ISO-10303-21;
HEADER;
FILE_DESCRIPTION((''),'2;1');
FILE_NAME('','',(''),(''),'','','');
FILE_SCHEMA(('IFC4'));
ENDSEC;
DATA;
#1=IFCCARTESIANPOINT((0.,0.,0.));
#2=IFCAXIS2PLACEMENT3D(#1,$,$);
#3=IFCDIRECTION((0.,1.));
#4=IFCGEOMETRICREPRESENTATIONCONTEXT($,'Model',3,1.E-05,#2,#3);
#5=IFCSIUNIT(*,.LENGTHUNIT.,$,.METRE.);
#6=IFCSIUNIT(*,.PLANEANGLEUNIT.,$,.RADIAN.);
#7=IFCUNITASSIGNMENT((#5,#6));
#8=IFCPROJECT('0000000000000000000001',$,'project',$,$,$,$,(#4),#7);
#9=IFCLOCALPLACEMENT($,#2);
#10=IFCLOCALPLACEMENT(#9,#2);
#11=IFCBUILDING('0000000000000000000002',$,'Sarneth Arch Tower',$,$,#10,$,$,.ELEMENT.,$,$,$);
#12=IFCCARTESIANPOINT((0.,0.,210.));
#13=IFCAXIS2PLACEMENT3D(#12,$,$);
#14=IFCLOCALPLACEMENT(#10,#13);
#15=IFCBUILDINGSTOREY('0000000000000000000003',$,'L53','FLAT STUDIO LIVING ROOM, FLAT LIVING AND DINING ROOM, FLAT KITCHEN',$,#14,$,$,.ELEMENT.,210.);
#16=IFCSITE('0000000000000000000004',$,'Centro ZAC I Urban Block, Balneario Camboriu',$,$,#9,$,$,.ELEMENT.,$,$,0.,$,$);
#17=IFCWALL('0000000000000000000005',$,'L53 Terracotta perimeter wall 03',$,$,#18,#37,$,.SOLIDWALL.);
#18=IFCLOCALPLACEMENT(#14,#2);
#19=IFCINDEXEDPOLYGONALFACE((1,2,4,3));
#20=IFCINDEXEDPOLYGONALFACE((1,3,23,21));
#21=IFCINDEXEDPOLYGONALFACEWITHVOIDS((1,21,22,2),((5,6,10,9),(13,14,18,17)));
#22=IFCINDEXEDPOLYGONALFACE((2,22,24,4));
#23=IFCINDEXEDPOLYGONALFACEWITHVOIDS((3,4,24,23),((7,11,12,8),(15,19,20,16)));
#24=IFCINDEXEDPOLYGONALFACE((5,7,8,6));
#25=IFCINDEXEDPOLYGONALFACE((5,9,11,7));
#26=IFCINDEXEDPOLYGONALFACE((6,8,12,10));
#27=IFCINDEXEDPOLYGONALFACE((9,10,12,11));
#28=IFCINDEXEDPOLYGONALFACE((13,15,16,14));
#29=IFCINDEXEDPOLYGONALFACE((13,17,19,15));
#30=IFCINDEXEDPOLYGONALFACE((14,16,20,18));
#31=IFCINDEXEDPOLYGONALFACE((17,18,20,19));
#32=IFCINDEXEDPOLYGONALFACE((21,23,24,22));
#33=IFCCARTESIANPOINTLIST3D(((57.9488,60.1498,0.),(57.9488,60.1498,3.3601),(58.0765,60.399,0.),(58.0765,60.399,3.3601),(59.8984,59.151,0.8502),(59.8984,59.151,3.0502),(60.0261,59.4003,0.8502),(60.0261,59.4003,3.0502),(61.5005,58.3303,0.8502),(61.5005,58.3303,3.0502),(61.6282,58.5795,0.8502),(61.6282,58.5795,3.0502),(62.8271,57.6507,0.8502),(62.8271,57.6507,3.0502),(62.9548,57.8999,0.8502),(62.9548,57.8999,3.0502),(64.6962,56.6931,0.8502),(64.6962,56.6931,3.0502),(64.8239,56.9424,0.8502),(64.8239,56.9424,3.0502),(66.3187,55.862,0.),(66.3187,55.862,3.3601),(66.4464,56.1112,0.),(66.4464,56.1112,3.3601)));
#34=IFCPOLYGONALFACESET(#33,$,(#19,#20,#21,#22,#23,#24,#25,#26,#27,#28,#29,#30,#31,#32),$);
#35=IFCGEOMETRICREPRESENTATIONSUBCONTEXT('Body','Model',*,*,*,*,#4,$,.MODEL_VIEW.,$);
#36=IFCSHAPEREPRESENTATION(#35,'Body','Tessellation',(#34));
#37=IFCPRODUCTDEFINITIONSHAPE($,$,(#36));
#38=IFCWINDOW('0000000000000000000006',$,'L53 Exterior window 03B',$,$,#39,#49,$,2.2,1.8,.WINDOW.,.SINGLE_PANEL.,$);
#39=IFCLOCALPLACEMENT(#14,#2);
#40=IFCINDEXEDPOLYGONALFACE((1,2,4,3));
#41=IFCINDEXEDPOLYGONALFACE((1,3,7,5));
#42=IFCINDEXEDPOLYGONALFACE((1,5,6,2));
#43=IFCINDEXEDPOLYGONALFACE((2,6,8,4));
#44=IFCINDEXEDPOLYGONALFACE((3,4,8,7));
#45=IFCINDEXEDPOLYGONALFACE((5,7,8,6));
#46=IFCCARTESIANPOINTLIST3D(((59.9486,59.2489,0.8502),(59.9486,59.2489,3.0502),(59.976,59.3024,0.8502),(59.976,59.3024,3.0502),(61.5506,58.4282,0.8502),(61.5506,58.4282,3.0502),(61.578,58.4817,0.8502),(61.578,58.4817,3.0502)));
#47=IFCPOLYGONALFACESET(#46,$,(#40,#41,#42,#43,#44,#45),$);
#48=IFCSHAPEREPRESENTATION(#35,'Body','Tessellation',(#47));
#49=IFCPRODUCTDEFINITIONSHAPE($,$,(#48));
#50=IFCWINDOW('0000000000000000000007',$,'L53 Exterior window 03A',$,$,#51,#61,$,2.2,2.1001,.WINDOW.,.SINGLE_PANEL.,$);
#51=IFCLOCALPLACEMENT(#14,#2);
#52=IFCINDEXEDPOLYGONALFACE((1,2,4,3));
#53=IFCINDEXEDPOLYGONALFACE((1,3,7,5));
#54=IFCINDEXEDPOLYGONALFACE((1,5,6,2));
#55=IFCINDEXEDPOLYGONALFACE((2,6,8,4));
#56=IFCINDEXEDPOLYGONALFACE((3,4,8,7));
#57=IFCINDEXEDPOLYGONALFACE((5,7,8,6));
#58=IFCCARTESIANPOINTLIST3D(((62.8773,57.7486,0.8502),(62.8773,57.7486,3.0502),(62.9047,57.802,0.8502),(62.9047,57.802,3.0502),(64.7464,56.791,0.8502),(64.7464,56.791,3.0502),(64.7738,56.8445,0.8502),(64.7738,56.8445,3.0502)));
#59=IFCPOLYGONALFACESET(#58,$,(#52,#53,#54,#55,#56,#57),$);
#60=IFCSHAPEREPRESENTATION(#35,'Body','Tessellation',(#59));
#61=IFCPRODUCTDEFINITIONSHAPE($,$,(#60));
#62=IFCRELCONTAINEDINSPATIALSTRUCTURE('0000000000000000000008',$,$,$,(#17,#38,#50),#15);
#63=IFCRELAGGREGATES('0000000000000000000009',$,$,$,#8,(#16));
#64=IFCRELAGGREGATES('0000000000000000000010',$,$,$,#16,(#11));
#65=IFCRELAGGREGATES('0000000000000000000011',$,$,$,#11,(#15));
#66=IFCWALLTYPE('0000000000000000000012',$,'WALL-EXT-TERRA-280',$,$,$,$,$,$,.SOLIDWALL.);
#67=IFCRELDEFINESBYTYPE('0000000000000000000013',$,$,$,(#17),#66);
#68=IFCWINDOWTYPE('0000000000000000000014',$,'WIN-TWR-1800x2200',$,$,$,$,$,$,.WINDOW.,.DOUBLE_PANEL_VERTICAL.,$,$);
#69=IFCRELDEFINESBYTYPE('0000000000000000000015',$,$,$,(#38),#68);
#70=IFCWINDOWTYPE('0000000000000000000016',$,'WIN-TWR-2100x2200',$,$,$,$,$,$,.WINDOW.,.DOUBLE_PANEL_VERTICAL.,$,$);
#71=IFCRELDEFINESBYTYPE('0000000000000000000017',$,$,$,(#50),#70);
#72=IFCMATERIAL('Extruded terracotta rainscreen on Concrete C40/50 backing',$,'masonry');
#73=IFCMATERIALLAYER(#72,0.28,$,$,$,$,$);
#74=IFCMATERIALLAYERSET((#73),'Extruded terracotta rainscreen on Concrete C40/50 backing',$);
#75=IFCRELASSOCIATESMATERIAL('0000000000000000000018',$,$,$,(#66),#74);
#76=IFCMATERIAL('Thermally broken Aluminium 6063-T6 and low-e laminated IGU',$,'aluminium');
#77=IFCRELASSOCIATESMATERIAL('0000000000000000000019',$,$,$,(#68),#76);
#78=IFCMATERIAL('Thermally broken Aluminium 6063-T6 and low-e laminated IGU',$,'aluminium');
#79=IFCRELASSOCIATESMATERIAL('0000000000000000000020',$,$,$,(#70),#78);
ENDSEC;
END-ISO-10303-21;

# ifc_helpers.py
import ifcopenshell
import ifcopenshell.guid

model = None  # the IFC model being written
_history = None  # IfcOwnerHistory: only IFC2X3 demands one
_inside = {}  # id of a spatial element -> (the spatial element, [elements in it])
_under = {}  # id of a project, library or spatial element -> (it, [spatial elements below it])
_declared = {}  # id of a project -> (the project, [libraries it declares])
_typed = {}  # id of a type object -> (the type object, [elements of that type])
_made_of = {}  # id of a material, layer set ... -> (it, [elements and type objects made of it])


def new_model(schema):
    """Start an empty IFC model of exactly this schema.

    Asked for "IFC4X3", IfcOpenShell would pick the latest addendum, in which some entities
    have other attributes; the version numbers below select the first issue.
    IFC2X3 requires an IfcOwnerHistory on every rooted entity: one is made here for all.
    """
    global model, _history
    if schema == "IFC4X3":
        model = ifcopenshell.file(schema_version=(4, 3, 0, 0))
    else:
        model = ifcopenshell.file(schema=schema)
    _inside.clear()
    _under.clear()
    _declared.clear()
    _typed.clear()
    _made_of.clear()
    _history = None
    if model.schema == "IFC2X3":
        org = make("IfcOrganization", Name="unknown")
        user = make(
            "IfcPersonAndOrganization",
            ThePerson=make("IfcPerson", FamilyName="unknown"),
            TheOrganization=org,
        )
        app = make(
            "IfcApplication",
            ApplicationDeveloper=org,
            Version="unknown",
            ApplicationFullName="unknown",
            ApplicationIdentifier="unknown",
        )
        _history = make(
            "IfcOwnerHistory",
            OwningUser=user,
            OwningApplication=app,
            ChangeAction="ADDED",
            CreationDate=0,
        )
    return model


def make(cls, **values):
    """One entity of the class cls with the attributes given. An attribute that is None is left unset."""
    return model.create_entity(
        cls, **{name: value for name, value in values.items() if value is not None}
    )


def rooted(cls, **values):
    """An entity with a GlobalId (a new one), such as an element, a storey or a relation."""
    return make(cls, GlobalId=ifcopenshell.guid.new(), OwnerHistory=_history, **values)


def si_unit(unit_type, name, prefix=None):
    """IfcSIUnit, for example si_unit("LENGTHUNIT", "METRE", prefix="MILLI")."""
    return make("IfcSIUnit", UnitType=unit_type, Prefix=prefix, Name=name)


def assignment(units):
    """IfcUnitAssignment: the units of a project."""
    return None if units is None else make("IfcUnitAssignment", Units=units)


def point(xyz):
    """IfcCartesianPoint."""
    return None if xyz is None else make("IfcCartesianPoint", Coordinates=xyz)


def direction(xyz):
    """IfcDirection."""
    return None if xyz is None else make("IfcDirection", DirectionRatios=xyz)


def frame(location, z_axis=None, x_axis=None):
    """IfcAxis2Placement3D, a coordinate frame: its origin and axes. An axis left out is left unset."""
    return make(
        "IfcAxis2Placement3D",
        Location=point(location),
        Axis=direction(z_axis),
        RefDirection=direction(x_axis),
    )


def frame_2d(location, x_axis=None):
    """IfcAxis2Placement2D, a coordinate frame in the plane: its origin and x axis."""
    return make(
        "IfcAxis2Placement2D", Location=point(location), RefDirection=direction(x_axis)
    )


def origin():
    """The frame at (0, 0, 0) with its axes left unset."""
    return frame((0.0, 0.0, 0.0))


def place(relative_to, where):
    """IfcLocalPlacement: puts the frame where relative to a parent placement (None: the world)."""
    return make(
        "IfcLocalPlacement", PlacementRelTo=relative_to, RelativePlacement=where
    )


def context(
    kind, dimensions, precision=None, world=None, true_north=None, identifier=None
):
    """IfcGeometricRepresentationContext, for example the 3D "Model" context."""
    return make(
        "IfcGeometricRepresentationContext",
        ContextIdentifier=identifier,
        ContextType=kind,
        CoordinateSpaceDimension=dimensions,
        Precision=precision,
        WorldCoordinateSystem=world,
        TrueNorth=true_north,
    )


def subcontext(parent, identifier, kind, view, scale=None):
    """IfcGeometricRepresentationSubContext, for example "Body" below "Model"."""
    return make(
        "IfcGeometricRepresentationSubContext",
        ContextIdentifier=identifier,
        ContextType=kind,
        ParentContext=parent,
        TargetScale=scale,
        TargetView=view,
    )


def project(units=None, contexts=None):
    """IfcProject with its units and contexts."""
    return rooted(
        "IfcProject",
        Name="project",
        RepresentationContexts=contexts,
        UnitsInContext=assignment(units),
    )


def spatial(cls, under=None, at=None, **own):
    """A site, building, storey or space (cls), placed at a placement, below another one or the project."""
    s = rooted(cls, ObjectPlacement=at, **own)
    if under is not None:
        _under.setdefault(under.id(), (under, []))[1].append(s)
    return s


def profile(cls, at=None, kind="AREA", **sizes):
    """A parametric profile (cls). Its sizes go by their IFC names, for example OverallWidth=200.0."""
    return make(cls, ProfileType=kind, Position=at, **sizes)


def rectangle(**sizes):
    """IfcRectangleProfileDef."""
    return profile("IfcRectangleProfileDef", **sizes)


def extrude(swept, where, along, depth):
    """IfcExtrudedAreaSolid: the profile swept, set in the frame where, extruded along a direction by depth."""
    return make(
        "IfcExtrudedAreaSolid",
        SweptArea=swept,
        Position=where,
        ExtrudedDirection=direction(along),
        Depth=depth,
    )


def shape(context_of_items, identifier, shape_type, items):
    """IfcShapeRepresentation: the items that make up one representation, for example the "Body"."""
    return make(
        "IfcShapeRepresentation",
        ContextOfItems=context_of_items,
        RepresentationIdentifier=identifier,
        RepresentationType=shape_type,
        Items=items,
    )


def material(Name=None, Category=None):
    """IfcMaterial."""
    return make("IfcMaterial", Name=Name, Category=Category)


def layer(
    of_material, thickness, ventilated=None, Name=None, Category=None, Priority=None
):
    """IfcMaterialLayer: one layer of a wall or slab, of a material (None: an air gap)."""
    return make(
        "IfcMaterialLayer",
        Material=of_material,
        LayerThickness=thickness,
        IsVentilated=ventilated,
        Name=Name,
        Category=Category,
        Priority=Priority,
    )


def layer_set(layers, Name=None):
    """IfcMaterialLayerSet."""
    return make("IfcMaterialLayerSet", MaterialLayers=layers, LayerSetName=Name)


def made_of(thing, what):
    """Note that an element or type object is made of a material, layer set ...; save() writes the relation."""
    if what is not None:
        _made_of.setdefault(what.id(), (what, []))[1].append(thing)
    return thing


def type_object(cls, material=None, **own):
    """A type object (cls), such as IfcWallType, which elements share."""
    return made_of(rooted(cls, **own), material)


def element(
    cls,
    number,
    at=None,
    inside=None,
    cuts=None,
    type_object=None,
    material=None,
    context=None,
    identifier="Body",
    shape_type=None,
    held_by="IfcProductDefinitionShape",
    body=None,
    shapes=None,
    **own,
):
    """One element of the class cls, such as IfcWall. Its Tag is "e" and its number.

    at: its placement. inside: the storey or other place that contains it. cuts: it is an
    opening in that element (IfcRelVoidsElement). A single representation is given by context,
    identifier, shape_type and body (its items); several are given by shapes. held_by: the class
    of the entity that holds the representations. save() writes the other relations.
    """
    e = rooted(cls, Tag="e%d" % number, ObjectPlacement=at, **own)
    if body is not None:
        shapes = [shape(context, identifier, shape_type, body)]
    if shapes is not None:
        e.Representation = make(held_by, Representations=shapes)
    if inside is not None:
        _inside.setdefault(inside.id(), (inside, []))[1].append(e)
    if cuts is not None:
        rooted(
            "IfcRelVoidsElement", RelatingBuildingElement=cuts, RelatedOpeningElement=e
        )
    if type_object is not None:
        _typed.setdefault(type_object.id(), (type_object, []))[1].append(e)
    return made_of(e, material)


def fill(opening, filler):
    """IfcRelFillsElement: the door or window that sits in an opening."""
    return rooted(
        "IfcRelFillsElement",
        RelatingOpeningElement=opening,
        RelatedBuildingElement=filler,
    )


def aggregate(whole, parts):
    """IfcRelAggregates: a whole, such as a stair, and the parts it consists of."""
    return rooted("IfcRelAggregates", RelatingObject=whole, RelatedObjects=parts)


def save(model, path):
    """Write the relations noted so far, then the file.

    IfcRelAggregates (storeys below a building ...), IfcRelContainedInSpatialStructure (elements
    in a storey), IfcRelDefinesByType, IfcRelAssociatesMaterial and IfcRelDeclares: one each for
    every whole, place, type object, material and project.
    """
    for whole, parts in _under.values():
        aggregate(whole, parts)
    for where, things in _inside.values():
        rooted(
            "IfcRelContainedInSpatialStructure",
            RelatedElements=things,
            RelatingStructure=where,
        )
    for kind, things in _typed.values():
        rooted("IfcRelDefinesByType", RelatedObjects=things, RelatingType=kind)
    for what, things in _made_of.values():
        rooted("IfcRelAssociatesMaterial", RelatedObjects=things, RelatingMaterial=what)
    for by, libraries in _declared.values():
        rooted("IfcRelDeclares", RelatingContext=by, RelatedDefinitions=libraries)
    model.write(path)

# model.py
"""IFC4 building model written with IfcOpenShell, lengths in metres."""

from ifc_helpers import new_model, si_unit, direction, frame, frame_2d, origin, place, context, subcontext, project, spatial, rectangle, extrude, material, layer, layer_set, type_object, element, fill, save


model = new_model("IFC4")

# Units and contexts
model_context = context("Model", 3, precision=1e-05, world=origin(), true_north=direction((0.0, 1.0)))
body_context = subcontext(model_context, "Body", "Model", "MODEL_VIEW")
ifc_project = project(units=[si_unit("LENGTHUNIT", "METRE"), si_unit("PLANEANGLEUNIT", "RADIAN")], contexts=[model_context])

# Site, building, storey
site_placement = place(None, origin())
site = spatial("IfcSite", under=ifc_project, at=site_placement, Name="Centro ZAC I Urban Block, Balneario Camboriu", CompositionType="ELEMENT", RefElevation=0.0)
building_placement = place(site_placement, origin())
building = spatial("IfcBuilding", under=site, at=building_placement, Name="Sarneth Arch Tower", CompositionType="ELEMENT")
storey_placement = place(building_placement, frame((0.0, 0.0, 210.0)))
storey = spatial("IfcBuildingStorey", under=building, at=storey_placement, Name="L53", Description="FLAT STUDIO LIVING ROOM, FLAT LIVING AND DINING ROOM, FLAT KITCHEN", CompositionType="ELEMENT", Elevation=210.0)

# Wall, openings, windows
ifc_material_1 = material(Name="Extruded terracotta rainscreen on Concrete C40/50 backing", Category="masonry")
ifc_layer_1 = layer(ifc_material_1, 0.28)
ifc_layer_set_1 = layer_set([ifc_layer_1], Name="Extruded terracotta rainscreen on Concrete C40/50 backing")
wall_type = type_object("IfcWallType", Name="WALL-EXT-TERRA-280", PredefinedType="SOLIDWALL", material=ifc_layer_set_1)
wall_placement = place(storey_placement, frame((66.3826, 55.9866, 0.0), z_axis=(0.0, 0.0, 1.0), x_axis=(-0.890007, 0.455946, 0.0)))
wall = element("IfcWall", 1, at=wall_placement, inside=storey, type_object=wall_type, Name="L53 Terracotta perimeter wall 03", PredefinedType="SOLIDWALL", context=body_context, shape_type="SweptSolid", body=[
    extrude(rectangle(XDim=9.4043, YDim=0.28, at=frame_2d((4.7021, 0.0))), origin(), (0.0, 0.0, 1.0), 3.3601),
])
opening_1_placement = place(wall_placement, frame((1.823, 0.0, 0.8501)))
opening_1 = element("IfcOpeningElement", 2, at=opening_1_placement, cuts=wall, PredefinedType="OPENING", context=body_context, shape_type="SweptSolid", body=[
    extrude(rectangle(XDim=2.1001, YDim=2.2, at=frame_2d((1.05, 1.1001))), frame((0.0, 0.1499, 0.0), z_axis=(0.0, -1.0, 0.0), x_axis=(1.0, 0.0, 0.0)), (0.0, 0.0, 1.0), 0.3),
])
opening_2_placement = place(wall_placement, frame((5.4138, 0.0, 0.8501)))
opening_2 = element("IfcOpeningElement", 3, at=opening_2_placement, cuts=wall, PredefinedType="OPENING", context=body_context, shape_type="SweptSolid", body=[
    extrude(rectangle(XDim=1.8, YDim=2.2, at=frame_2d((0.8999, 1.1001))), frame((0.0, 0.1499, 0.0), z_axis=(0.0, -1.0, 0.0), x_axis=(1.0, 0.0, 0.0)), (0.0, 0.0, 1.0), 0.3),
])
ifc_material_2 = material(Name="Thermally broken Aluminium 6063-T6 and low-e laminated IGU", Category="aluminium")
window_type_1 = type_object("IfcWindowType", Name="WIN-TWR-1800x2200", PartitioningType="DOUBLE_PANEL_VERTICAL", PredefinedType="WINDOW", material=ifc_material_2)
window_1_placement = place(opening_2_placement, origin())
window_1 = element("IfcWindow", 4, at=window_1_placement, inside=storey, type_object=window_type_1, Name="L53 Exterior window 03B", OverallHeight=2.2, OverallWidth=1.8, PartitioningType="SINGLE_PANEL", PredefinedType="WINDOW", context=body_context, shape_type="SweptSolid", body=[
    extrude(rectangle(XDim=1.8, YDim=2.2, at=frame_2d((0.8999, 1.1001))), frame((0.0, 0.03, 0.0), z_axis=(0.0, -1.0, 0.0), x_axis=(1.0, 0.0, 0.0)), (0.0, 0.0, 1.0), 0.0601),
])
fill(opening_2, window_1)
ifc_material_3 = material(Name="Thermally broken Aluminium 6063-T6 and low-e laminated IGU", Category="aluminium")
window_type_2 = type_object("IfcWindowType", Name="WIN-TWR-2100x2200", PartitioningType="DOUBLE_PANEL_VERTICAL", PredefinedType="WINDOW", material=ifc_material_3)
window_2_placement = place(opening_1_placement, origin())
window_2 = element("IfcWindow", 5, at=window_2_placement, inside=storey, type_object=window_type_2, Name="L53 Exterior window 03A", OverallHeight=2.2, OverallWidth=2.1001, PartitioningType="SINGLE_PANEL", PredefinedType="WINDOW", context=body_context, shape_type="SweptSolid", body=[
    extrude(rectangle(XDim=2.1001, YDim=2.2, at=frame_2d((1.05, 1.1001))), frame((0.0, 0.03, 0.0), z_axis=(0.0, -1.0, 0.0), x_axis=(1.0, 0.0, 0.0)), (0.0, 0.0, 1.0), 0.0601),
])
fill(opening_1, window_2)

save(model, "model.ifc")
